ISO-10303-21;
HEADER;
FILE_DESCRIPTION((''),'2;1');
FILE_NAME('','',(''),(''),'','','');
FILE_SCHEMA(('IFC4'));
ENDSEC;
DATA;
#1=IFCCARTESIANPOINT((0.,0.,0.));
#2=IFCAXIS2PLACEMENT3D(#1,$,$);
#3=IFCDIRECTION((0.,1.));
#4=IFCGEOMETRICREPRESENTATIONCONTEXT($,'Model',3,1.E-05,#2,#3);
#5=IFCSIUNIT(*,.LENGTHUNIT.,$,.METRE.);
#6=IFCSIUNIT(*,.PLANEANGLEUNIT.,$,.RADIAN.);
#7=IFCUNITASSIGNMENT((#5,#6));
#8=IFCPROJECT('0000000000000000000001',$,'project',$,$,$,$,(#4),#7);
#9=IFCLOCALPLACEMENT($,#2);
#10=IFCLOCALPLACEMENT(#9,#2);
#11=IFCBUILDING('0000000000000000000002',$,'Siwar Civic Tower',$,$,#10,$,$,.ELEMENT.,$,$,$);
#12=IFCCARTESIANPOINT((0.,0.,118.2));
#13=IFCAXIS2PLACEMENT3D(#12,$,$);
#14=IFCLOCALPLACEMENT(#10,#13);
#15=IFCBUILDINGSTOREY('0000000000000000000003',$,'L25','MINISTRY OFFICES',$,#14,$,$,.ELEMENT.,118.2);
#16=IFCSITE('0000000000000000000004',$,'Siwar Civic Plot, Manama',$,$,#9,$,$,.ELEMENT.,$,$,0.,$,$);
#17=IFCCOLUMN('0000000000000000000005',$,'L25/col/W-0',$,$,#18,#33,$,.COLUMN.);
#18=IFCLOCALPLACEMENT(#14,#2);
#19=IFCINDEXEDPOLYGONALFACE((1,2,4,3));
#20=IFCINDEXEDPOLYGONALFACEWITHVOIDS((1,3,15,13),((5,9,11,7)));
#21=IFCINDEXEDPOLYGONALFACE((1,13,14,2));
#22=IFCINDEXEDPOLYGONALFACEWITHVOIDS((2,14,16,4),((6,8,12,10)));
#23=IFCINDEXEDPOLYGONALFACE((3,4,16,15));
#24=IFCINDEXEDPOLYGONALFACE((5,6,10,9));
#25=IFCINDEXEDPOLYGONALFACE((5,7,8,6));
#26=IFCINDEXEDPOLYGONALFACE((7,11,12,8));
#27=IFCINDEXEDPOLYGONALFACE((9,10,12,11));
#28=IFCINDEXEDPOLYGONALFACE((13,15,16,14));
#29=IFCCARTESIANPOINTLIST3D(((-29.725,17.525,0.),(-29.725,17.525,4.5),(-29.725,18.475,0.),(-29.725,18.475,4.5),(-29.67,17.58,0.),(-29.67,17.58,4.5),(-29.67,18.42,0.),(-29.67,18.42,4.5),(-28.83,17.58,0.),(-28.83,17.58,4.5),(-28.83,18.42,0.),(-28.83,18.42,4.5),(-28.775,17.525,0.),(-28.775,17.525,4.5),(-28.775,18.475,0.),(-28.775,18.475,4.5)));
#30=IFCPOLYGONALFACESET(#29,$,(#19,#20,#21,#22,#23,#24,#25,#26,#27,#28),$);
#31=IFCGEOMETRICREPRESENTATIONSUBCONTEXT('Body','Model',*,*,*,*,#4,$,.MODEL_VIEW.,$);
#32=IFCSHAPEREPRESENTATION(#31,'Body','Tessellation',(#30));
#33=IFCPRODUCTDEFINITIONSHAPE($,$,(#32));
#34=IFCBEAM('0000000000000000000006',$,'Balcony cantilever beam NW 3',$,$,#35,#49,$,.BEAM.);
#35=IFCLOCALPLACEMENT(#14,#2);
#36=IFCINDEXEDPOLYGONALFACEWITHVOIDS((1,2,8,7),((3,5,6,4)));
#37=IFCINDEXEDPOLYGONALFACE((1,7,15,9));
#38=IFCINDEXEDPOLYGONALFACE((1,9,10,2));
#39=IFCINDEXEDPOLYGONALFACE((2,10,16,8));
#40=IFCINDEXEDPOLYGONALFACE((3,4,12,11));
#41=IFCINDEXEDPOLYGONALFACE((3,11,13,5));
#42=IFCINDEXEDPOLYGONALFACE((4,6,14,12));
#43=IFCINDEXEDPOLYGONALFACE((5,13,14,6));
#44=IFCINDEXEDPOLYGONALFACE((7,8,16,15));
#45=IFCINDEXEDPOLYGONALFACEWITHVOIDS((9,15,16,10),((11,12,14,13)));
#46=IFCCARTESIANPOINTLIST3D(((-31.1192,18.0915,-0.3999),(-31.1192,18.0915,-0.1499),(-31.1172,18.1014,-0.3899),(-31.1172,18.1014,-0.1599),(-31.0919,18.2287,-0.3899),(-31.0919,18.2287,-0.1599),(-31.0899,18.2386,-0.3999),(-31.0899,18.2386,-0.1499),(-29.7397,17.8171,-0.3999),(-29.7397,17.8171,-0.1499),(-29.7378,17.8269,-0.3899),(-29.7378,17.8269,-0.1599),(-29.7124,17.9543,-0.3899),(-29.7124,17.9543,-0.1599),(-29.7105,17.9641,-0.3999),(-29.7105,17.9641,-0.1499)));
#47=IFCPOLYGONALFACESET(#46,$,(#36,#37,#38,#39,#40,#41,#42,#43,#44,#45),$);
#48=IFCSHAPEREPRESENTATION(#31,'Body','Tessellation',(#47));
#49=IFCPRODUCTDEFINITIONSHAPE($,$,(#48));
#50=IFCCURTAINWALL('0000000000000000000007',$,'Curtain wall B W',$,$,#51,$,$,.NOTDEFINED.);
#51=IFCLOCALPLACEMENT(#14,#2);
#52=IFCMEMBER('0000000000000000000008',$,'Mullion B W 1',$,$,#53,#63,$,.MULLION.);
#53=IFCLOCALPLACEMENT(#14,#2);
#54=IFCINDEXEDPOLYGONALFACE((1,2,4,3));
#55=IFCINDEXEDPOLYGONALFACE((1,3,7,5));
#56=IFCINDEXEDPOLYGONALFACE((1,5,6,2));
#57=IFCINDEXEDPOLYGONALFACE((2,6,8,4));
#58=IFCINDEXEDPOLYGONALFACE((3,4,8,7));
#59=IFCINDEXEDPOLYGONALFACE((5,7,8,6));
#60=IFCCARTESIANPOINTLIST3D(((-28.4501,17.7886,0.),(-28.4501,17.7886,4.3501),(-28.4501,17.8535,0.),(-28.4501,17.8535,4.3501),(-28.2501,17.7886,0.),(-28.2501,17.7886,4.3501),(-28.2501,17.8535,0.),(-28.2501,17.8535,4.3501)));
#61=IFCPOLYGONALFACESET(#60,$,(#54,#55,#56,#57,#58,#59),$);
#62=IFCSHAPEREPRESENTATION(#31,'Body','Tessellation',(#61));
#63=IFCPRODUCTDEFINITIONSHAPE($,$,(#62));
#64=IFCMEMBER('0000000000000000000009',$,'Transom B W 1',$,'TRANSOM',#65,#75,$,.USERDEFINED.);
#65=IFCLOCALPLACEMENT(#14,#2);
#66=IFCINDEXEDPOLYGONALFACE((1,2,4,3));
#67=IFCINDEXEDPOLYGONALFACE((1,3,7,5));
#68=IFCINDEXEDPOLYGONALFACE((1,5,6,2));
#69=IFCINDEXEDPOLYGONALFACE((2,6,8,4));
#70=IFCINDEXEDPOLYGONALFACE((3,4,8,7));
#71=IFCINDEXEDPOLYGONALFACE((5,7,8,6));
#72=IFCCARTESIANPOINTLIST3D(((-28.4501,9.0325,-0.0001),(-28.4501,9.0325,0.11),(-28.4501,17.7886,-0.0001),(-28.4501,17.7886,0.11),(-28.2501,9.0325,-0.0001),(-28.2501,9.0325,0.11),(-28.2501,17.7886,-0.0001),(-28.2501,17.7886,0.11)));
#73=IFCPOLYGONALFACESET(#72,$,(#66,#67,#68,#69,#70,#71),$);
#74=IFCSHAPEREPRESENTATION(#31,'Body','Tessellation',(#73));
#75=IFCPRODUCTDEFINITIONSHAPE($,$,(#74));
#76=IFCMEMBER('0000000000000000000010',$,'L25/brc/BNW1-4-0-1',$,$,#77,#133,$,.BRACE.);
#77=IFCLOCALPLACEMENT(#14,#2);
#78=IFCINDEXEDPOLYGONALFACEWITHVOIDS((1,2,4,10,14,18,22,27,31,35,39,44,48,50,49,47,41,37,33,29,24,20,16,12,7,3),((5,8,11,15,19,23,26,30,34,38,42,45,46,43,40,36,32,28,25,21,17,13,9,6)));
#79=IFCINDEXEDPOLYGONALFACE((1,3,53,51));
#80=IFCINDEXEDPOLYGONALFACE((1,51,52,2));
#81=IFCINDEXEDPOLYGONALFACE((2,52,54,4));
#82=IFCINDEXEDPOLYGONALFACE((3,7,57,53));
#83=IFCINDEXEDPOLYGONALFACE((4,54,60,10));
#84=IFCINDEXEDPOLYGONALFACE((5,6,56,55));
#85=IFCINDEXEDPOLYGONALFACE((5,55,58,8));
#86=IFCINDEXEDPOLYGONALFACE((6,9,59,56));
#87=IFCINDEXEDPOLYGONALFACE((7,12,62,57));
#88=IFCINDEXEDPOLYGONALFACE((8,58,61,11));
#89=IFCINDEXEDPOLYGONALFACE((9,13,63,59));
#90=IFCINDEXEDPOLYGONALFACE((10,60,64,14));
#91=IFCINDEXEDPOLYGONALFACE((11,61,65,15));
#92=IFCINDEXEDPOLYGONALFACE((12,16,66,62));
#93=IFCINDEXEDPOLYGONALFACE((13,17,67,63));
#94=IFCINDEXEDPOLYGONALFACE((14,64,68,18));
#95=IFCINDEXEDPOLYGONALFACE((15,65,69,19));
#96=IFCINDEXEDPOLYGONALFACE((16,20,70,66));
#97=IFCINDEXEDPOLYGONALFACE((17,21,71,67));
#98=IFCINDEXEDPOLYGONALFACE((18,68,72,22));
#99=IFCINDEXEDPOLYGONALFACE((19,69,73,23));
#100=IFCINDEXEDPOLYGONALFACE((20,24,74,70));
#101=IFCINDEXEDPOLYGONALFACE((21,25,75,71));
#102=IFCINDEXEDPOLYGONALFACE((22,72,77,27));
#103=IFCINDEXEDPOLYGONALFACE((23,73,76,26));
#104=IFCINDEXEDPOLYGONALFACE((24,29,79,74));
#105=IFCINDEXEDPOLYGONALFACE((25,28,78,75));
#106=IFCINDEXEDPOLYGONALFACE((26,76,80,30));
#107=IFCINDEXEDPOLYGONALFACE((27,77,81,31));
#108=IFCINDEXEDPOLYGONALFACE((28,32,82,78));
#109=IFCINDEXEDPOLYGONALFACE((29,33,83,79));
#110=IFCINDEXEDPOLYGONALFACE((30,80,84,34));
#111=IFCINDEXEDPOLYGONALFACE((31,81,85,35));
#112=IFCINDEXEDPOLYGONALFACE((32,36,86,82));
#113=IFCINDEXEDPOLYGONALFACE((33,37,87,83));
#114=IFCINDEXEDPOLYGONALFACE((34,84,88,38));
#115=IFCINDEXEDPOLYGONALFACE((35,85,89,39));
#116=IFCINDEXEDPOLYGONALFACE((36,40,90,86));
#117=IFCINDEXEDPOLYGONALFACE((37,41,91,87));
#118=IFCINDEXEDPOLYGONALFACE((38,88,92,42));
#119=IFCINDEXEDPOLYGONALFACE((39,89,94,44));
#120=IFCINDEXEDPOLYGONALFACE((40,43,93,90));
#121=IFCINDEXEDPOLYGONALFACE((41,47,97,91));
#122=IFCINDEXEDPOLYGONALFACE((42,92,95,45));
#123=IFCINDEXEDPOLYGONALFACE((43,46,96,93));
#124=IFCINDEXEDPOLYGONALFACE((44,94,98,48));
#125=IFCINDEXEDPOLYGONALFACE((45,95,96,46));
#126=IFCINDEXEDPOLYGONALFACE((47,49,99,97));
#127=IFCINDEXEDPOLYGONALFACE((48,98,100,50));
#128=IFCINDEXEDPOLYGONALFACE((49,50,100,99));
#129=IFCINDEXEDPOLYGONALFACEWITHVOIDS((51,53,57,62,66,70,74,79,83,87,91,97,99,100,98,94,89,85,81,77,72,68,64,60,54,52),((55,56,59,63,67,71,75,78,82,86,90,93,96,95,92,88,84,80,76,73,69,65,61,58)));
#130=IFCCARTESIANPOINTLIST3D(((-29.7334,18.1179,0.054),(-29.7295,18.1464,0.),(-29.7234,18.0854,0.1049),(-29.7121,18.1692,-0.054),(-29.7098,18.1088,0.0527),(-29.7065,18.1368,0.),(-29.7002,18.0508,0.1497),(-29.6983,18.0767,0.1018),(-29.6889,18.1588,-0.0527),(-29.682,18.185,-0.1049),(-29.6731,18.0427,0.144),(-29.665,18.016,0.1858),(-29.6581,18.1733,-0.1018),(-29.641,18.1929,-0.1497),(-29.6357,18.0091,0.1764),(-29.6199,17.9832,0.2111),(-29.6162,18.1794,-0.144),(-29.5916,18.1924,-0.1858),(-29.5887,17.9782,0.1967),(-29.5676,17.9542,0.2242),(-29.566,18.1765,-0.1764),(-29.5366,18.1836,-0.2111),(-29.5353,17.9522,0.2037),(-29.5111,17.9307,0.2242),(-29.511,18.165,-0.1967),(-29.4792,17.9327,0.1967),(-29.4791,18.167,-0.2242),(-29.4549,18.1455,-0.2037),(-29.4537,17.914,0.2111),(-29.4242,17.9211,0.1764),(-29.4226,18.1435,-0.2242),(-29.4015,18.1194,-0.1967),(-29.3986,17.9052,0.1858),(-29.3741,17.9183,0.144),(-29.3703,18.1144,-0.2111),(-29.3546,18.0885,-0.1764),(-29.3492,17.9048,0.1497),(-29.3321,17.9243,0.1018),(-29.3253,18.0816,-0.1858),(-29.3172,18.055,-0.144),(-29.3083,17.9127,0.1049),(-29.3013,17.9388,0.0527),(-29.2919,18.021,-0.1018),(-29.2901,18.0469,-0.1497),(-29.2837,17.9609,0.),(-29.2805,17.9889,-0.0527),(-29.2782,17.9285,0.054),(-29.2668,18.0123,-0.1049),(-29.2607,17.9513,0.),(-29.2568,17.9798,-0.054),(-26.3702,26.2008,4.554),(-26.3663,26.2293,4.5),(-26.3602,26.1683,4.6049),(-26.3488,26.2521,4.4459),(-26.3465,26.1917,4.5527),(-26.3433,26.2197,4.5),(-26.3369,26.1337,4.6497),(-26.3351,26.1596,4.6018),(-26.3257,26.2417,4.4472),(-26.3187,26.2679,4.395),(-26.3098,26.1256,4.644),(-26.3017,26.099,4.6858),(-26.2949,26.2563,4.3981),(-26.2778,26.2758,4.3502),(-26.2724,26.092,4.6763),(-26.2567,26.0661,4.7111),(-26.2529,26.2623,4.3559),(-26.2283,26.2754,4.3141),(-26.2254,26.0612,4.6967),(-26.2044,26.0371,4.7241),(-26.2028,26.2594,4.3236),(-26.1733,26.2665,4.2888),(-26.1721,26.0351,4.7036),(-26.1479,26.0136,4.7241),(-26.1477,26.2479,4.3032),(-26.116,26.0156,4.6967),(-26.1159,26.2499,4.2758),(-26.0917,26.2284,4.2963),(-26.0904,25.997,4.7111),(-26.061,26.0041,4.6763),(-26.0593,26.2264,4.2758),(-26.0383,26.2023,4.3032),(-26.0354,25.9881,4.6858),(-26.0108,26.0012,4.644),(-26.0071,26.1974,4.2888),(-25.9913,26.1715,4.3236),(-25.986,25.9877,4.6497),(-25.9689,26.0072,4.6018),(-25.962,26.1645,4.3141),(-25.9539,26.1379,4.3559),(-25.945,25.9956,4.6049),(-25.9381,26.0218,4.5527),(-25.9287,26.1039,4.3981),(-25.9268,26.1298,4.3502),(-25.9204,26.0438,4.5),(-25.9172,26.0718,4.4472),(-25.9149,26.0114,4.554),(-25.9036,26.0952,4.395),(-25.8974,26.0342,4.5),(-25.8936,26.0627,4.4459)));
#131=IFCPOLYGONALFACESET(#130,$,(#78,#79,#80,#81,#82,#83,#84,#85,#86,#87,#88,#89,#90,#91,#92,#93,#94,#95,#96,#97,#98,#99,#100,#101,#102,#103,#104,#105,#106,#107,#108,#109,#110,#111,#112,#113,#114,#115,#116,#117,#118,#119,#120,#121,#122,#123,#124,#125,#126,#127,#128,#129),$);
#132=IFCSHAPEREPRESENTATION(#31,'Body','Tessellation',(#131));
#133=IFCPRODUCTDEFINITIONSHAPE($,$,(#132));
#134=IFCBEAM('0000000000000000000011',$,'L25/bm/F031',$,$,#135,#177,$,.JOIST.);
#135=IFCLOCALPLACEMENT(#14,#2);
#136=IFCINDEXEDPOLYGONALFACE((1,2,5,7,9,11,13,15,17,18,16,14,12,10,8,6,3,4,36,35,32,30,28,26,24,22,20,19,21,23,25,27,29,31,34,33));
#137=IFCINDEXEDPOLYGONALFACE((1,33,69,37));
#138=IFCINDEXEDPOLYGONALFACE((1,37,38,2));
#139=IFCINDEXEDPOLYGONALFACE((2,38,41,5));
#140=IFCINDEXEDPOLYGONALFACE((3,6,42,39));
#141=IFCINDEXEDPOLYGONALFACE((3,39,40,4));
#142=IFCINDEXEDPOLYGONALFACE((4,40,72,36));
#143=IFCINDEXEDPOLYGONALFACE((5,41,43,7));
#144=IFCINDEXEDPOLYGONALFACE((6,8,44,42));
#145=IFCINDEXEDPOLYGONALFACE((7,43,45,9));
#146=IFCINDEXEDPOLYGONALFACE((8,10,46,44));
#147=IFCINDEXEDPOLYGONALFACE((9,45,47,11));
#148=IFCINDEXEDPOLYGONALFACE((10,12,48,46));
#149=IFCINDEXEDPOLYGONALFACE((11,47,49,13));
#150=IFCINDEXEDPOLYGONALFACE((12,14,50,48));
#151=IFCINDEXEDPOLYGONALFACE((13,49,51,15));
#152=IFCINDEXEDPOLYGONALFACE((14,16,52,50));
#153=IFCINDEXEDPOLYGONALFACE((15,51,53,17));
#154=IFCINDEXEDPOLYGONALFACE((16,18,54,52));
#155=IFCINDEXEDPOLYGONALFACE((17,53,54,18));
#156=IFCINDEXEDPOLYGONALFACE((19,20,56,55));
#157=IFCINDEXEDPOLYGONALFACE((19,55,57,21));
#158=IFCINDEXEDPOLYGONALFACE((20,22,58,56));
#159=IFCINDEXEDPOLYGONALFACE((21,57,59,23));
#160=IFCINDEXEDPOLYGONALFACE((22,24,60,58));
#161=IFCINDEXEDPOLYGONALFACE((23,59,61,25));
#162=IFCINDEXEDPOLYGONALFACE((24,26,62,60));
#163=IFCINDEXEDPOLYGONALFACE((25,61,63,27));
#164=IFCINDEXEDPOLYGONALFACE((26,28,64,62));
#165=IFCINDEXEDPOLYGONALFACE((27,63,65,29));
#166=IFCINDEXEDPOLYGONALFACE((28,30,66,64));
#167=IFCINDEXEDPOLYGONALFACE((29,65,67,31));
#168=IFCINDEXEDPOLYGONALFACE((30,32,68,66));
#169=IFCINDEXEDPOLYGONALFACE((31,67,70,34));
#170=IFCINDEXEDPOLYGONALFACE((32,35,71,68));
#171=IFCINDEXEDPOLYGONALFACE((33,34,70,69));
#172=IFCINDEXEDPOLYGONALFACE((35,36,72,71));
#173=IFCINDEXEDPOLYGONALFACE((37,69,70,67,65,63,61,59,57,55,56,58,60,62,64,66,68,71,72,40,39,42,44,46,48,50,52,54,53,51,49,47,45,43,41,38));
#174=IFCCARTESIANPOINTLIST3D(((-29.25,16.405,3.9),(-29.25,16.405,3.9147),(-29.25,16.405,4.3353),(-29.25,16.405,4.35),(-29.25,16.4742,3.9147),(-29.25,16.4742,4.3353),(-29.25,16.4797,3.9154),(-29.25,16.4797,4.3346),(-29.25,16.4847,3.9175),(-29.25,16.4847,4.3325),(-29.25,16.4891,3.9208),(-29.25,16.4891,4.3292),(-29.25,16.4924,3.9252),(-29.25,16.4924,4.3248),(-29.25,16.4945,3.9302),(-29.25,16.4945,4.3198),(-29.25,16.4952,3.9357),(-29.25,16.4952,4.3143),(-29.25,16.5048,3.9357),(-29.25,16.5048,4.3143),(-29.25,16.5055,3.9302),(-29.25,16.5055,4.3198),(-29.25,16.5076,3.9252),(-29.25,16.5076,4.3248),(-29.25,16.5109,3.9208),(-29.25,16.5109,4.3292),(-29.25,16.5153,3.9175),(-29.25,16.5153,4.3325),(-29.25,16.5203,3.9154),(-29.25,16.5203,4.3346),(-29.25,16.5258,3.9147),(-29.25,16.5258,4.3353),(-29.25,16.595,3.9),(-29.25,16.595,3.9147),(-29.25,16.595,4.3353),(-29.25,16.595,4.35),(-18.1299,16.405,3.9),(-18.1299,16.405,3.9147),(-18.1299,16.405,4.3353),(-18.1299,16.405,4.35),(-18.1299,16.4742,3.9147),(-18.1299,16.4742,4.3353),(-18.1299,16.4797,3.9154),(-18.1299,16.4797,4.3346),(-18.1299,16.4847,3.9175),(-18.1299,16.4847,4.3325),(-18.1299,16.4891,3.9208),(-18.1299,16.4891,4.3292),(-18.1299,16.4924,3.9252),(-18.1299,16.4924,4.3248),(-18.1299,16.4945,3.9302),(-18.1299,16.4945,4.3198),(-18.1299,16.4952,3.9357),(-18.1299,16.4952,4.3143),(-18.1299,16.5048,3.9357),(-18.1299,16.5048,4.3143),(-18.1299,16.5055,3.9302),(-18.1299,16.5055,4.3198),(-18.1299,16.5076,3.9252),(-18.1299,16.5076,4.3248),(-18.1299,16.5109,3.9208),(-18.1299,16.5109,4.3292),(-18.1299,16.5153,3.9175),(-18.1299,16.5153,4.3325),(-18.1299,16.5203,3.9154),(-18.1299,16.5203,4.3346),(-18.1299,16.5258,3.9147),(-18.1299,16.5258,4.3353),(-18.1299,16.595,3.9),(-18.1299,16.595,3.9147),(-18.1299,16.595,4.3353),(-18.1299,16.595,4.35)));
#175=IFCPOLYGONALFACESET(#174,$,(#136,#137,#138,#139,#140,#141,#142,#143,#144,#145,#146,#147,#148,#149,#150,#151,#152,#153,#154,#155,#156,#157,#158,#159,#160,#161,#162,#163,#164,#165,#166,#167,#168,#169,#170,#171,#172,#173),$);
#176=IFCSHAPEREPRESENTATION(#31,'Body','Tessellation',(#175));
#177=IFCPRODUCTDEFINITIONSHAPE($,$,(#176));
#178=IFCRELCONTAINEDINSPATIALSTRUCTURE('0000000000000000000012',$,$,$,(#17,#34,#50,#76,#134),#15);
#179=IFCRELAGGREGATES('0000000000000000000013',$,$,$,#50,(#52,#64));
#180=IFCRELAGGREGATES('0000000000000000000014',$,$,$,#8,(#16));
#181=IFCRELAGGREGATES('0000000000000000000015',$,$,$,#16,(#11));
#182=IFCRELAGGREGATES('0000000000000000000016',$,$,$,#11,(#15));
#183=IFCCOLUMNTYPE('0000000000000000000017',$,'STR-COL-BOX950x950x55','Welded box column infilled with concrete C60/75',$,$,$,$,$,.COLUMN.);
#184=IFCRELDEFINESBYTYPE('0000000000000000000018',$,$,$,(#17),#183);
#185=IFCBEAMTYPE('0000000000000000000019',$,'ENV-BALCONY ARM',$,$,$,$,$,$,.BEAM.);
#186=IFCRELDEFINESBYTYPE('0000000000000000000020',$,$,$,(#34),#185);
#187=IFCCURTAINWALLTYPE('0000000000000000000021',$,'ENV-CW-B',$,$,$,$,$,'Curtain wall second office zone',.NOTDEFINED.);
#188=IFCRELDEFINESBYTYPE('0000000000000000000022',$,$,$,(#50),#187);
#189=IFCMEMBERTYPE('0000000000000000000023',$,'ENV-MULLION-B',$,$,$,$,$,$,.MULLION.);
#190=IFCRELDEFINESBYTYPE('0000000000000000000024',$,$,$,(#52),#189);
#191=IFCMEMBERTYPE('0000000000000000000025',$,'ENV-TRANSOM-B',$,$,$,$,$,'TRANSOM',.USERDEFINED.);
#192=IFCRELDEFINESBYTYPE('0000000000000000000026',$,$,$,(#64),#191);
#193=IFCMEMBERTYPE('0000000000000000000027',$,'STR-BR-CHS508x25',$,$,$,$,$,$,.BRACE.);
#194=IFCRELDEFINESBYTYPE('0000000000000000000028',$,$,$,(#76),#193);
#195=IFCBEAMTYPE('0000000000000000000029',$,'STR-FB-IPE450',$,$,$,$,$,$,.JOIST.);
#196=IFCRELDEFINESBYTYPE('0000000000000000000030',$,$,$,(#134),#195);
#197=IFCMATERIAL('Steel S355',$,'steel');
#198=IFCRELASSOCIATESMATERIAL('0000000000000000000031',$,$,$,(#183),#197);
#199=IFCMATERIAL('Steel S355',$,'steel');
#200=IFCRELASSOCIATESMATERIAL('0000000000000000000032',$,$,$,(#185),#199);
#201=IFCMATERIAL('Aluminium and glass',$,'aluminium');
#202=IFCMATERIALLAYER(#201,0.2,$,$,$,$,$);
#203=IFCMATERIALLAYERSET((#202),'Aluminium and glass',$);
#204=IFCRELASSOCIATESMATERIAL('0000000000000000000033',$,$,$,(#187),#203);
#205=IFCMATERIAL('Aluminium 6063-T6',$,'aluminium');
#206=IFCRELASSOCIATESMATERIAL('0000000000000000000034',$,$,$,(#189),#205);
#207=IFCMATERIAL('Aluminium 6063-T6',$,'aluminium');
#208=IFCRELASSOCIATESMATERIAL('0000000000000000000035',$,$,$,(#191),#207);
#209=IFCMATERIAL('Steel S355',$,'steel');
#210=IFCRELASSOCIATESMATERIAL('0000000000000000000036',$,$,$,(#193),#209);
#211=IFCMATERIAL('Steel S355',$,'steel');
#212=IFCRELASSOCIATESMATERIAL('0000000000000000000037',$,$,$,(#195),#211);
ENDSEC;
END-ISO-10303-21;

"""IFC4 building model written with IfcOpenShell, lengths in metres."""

from ifc_helpers import new_model, si_unit, direction, frame, origin, origin_2d, place, context, subcontext, project, spatial, rectangle, hollow_rectangle, hollow_circle, i_section, extrude, material, layer, layer_set, material_profile, profile_set, type_object, element, aggregate, save


model = new_model("IFC4")

# Units and contexts
model_context = context("Model", 3, precision=1e-05, world=origin(), true_north=direction((0.0, 1.0)))
body_context = subcontext(model_context, "Body", "Model", "MODEL_VIEW")
ifc_project = project(units=[si_unit("LENGTHUNIT", "METRE"), si_unit("PLANEANGLEUNIT", "RADIAN")], contexts=[model_context])

# Site, building, storey
site_placement = place(None, origin())
site = spatial("IfcSite", under=ifc_project, at=site_placement, Name="Siwar Civic Plot, Manama", CompositionType="ELEMENT", RefElevation=0.0)
building_placement = place(site_placement, origin())
building = spatial("IfcBuilding", under=site, at=building_placement, Name="Siwar Civic Tower", CompositionType="ELEMENT")
storey_placement = place(building_placement, frame((0.0, 0.0, 118.2)))
storey = spatial("IfcBuildingStorey", under=building, at=storey_placement, Name="L25", Description="MINISTRY OFFICES", CompositionType="ELEMENT", Elevation=118.2)

# Column
ifc_material_1 = material(Name="Steel S355", Category="steel")
ifc_material_profile_1 = material_profile(ifc_material_1, hollow_rectangle(XDim=0.95, YDim=0.95, WallThickness=0.0549, at=origin_2d()), Name="BOX950x950x55")
ifc_profile_set_1 = profile_set([ifc_material_profile_1], Name="Steel S355")
column_type = type_object("IfcColumnType", Name="STR-COL-BOX950x950x55", Description="Welded box column infilled with concrete C60/75", PredefinedType="COLUMN", material=ifc_profile_set_1)
column_placement = place(storey_placement, frame((-29.25, 18.0, 0.0), z_axis=(0.0, 0.0, 1.0), x_axis=(1.0, 0.0, 0.0)))
element("IfcColumn", 1, at=column_placement, inside=storey, type_object=column_type, Name="L25/col/W-0", PredefinedType="COLUMN", context=body_context, shape_type="SweptSolid", body=[
    extrude(hollow_rectangle(XDim=0.95, YDim=0.95, WallThickness=0.0549, at=origin_2d()), origin(), (0.0, 0.0, 1.0), 4.5),
])

# Beam
ifc_material_2 = material(Name="Steel S355", Category="steel")
ifc_material_profile_2 = material_profile(ifc_material_2, hollow_rectangle(XDim=0.1499, YDim=0.25, WallThickness=0.01, at=origin_2d()), Name="RHS250x150x10")
ifc_profile_set_2 = profile_set([ifc_material_profile_2], Name="Steel S355")
beam_type_1 = type_object("IfcBeamType", Name="ENV-BALCONY ARM", PredefinedType="BEAM", material=ifc_profile_set_2)
beam_1_placement = place(storey_placement, frame((-29.7251, 17.8906, -0.2749), z_axis=(-0.98078, 0.195115, 0.0), x_axis=(-0.195115, -0.98078, 0.0)))
element("IfcBeam", 2, at=beam_1_placement, inside=storey, type_object=beam_type_1, Name="Balcony cantilever beam NW 3", PredefinedType="BEAM", context=body_context, shape_type="SweptSolid", body=[
    extrude(hollow_rectangle(XDim=0.1499, YDim=0.25, WallThickness=0.01, at=origin_2d()), origin(), (0.0, 0.0, 1.0), 1.4065),
])

# Curtain wall, members
ifc_material_3 = material(Name="Aluminium and glass", Category="aluminium")
ifc_layer_1 = layer(ifc_material_3, 0.2)
ifc_layer_set_1 = layer_set([ifc_layer_1], Name="Aluminium and glass")
curtain_wall_type = type_object("IfcCurtainWallType", Name="ENV-CW-B", ElementType="Curtain wall second office zone", PredefinedType="NOTDEFINED", material=ifc_layer_set_1)
curtain_wall_placement = place(storey_placement, origin())
curtain_wall = element("IfcCurtainWall", 3, at=curtain_wall_placement, inside=storey, type_object=curtain_wall_type, Name="Curtain wall B W", PredefinedType="NOTDEFINED")
ifc_material_4 = material(Name="Aluminium 6063-T6", Category="aluminium")
ifc_material_profile_3 = material_profile(ifc_material_4, rectangle(XDim=0.2, YDim=0.0649, at=origin_2d()), Name="AL 200x65")
ifc_profile_set_3 = profile_set([ifc_material_profile_3], Name="Aluminium 6063-T6")
member_type_1 = type_object("IfcMemberType", Name="ENV-MULLION-B", PredefinedType="MULLION", material=ifc_profile_set_3)
member_1_placement = place(storey_placement, frame((-28.3501, 17.821, 0.0), z_axis=(0.0, 0.0, 1.0), x_axis=(1.0, 0.0, 0.0)))
member_1 = element("IfcMember", 4, at=member_1_placement, type_object=member_type_1, Name="Mullion B W 1", PredefinedType="MULLION", context=body_context, shape_type="SweptSolid", body=[
    extrude(rectangle(XDim=0.2, YDim=0.0649, at=origin_2d()), origin(), (0.0, 0.0, 1.0), 4.3501),
])
ifc_material_5 = material(Name="Aluminium 6063-T6", Category="aluminium")
ifc_material_profile_4 = material_profile(ifc_material_5, rectangle(XDim=0.2, YDim=0.1101, at=origin_2d()), Name="AL 200x110")
ifc_profile_set_4 = profile_set([ifc_material_profile_4], Name="Aluminium 6063-T6")
member_type_2 = type_object("IfcMemberType", Name="ENV-TRANSOM-B", ElementType="TRANSOM", PredefinedType="USERDEFINED", material=ifc_profile_set_4)
member_2_placement = place(storey_placement, frame((-28.3501, 17.7886, 0.0549), z_axis=(0.0, -1.0, 0.0), x_axis=(1.0, 0.0, 0.0)))
member_2 = element("IfcMember", 5, at=member_2_placement, type_object=member_type_2, Name="Transom B W 1", ObjectType="TRANSOM", PredefinedType="USERDEFINED", context=body_context, shape_type="SweptSolid", body=[
    extrude(rectangle(XDim=0.2, YDim=0.1101, at=origin_2d()), origin(), (0.0, 0.0, 1.0), 8.7561),
])
aggregate(curtain_wall, [member_1, member_2])

# Member
ifc_material_6 = material(Name="Steel S355", Category="steel")
ifc_material_profile_5 = material_profile(ifc_material_6, hollow_circle(Radius=0.2539, WallThickness=0.0249, at=origin_2d()), Name="CHS508x25")
ifc_profile_set_5 = profile_set([ifc_material_profile_5], Name="Steel S355")
member_type_3 = type_object("IfcMemberType", Name="STR-BR-CHS508x25", PredefinedType="BRACE", material=ifc_profile_set_5)
member_3_placement = place(storey_placement, frame((-29.4951, 18.0488, 0.0), z_axis=(0.341671, 0.821143, 0.457149), x_axis=(-0.923265, 0.384164, 0.0)))
element("IfcMember", 6, at=member_3_placement, inside=storey, type_object=member_type_3, Name="L25/brc/BNW1-4-0-1", PredefinedType="BRACE", context=body_context, shape_type="SweptSolid", body=[
    extrude(hollow_circle(Radius=0.2539, WallThickness=0.0249, at=origin_2d()), origin(), (0.0, 0.0, 1.0), 9.8435),
])

# Beam
ifc_material_7 = material(Name="Steel S355", Category="steel")
ifc_material_profile_6 = material_profile(ifc_material_7, i_section(OverallWidth=0.1899, OverallDepth=0.45, WebThickness=0.0095, FlangeThickness=0.0146, FilletRadius=0.021, at=origin_2d()), Name="IPE450")
ifc_profile_set_6 = profile_set([ifc_material_profile_6], Name="Steel S355")
beam_type_2 = type_object("IfcBeamType", Name="STR-FB-IPE450", PredefinedType="JOIST", material=ifc_profile_set_6)
beam_2_placement = place(storey_placement, frame((-29.25, 16.5, 4.125), z_axis=(1.0, 0.0, 0.0), x_axis=(0.0, 1.0, 0.0)))
element("IfcBeam", 7, at=beam_2_placement, inside=storey, type_object=beam_type_2, Name="L25/bm/F031", PredefinedType="JOIST", context=body_context, shape_type="SweptSolid", body=[
    extrude(i_section(OverallWidth=0.1899, OverallDepth=0.45, WebThickness=0.0095, FlangeThickness=0.0146, FilletRadius=0.021, at=origin_2d()), origin(), (0.0, 0.0, 1.0), 11.1201),
])

save(model, "model.ifc")
